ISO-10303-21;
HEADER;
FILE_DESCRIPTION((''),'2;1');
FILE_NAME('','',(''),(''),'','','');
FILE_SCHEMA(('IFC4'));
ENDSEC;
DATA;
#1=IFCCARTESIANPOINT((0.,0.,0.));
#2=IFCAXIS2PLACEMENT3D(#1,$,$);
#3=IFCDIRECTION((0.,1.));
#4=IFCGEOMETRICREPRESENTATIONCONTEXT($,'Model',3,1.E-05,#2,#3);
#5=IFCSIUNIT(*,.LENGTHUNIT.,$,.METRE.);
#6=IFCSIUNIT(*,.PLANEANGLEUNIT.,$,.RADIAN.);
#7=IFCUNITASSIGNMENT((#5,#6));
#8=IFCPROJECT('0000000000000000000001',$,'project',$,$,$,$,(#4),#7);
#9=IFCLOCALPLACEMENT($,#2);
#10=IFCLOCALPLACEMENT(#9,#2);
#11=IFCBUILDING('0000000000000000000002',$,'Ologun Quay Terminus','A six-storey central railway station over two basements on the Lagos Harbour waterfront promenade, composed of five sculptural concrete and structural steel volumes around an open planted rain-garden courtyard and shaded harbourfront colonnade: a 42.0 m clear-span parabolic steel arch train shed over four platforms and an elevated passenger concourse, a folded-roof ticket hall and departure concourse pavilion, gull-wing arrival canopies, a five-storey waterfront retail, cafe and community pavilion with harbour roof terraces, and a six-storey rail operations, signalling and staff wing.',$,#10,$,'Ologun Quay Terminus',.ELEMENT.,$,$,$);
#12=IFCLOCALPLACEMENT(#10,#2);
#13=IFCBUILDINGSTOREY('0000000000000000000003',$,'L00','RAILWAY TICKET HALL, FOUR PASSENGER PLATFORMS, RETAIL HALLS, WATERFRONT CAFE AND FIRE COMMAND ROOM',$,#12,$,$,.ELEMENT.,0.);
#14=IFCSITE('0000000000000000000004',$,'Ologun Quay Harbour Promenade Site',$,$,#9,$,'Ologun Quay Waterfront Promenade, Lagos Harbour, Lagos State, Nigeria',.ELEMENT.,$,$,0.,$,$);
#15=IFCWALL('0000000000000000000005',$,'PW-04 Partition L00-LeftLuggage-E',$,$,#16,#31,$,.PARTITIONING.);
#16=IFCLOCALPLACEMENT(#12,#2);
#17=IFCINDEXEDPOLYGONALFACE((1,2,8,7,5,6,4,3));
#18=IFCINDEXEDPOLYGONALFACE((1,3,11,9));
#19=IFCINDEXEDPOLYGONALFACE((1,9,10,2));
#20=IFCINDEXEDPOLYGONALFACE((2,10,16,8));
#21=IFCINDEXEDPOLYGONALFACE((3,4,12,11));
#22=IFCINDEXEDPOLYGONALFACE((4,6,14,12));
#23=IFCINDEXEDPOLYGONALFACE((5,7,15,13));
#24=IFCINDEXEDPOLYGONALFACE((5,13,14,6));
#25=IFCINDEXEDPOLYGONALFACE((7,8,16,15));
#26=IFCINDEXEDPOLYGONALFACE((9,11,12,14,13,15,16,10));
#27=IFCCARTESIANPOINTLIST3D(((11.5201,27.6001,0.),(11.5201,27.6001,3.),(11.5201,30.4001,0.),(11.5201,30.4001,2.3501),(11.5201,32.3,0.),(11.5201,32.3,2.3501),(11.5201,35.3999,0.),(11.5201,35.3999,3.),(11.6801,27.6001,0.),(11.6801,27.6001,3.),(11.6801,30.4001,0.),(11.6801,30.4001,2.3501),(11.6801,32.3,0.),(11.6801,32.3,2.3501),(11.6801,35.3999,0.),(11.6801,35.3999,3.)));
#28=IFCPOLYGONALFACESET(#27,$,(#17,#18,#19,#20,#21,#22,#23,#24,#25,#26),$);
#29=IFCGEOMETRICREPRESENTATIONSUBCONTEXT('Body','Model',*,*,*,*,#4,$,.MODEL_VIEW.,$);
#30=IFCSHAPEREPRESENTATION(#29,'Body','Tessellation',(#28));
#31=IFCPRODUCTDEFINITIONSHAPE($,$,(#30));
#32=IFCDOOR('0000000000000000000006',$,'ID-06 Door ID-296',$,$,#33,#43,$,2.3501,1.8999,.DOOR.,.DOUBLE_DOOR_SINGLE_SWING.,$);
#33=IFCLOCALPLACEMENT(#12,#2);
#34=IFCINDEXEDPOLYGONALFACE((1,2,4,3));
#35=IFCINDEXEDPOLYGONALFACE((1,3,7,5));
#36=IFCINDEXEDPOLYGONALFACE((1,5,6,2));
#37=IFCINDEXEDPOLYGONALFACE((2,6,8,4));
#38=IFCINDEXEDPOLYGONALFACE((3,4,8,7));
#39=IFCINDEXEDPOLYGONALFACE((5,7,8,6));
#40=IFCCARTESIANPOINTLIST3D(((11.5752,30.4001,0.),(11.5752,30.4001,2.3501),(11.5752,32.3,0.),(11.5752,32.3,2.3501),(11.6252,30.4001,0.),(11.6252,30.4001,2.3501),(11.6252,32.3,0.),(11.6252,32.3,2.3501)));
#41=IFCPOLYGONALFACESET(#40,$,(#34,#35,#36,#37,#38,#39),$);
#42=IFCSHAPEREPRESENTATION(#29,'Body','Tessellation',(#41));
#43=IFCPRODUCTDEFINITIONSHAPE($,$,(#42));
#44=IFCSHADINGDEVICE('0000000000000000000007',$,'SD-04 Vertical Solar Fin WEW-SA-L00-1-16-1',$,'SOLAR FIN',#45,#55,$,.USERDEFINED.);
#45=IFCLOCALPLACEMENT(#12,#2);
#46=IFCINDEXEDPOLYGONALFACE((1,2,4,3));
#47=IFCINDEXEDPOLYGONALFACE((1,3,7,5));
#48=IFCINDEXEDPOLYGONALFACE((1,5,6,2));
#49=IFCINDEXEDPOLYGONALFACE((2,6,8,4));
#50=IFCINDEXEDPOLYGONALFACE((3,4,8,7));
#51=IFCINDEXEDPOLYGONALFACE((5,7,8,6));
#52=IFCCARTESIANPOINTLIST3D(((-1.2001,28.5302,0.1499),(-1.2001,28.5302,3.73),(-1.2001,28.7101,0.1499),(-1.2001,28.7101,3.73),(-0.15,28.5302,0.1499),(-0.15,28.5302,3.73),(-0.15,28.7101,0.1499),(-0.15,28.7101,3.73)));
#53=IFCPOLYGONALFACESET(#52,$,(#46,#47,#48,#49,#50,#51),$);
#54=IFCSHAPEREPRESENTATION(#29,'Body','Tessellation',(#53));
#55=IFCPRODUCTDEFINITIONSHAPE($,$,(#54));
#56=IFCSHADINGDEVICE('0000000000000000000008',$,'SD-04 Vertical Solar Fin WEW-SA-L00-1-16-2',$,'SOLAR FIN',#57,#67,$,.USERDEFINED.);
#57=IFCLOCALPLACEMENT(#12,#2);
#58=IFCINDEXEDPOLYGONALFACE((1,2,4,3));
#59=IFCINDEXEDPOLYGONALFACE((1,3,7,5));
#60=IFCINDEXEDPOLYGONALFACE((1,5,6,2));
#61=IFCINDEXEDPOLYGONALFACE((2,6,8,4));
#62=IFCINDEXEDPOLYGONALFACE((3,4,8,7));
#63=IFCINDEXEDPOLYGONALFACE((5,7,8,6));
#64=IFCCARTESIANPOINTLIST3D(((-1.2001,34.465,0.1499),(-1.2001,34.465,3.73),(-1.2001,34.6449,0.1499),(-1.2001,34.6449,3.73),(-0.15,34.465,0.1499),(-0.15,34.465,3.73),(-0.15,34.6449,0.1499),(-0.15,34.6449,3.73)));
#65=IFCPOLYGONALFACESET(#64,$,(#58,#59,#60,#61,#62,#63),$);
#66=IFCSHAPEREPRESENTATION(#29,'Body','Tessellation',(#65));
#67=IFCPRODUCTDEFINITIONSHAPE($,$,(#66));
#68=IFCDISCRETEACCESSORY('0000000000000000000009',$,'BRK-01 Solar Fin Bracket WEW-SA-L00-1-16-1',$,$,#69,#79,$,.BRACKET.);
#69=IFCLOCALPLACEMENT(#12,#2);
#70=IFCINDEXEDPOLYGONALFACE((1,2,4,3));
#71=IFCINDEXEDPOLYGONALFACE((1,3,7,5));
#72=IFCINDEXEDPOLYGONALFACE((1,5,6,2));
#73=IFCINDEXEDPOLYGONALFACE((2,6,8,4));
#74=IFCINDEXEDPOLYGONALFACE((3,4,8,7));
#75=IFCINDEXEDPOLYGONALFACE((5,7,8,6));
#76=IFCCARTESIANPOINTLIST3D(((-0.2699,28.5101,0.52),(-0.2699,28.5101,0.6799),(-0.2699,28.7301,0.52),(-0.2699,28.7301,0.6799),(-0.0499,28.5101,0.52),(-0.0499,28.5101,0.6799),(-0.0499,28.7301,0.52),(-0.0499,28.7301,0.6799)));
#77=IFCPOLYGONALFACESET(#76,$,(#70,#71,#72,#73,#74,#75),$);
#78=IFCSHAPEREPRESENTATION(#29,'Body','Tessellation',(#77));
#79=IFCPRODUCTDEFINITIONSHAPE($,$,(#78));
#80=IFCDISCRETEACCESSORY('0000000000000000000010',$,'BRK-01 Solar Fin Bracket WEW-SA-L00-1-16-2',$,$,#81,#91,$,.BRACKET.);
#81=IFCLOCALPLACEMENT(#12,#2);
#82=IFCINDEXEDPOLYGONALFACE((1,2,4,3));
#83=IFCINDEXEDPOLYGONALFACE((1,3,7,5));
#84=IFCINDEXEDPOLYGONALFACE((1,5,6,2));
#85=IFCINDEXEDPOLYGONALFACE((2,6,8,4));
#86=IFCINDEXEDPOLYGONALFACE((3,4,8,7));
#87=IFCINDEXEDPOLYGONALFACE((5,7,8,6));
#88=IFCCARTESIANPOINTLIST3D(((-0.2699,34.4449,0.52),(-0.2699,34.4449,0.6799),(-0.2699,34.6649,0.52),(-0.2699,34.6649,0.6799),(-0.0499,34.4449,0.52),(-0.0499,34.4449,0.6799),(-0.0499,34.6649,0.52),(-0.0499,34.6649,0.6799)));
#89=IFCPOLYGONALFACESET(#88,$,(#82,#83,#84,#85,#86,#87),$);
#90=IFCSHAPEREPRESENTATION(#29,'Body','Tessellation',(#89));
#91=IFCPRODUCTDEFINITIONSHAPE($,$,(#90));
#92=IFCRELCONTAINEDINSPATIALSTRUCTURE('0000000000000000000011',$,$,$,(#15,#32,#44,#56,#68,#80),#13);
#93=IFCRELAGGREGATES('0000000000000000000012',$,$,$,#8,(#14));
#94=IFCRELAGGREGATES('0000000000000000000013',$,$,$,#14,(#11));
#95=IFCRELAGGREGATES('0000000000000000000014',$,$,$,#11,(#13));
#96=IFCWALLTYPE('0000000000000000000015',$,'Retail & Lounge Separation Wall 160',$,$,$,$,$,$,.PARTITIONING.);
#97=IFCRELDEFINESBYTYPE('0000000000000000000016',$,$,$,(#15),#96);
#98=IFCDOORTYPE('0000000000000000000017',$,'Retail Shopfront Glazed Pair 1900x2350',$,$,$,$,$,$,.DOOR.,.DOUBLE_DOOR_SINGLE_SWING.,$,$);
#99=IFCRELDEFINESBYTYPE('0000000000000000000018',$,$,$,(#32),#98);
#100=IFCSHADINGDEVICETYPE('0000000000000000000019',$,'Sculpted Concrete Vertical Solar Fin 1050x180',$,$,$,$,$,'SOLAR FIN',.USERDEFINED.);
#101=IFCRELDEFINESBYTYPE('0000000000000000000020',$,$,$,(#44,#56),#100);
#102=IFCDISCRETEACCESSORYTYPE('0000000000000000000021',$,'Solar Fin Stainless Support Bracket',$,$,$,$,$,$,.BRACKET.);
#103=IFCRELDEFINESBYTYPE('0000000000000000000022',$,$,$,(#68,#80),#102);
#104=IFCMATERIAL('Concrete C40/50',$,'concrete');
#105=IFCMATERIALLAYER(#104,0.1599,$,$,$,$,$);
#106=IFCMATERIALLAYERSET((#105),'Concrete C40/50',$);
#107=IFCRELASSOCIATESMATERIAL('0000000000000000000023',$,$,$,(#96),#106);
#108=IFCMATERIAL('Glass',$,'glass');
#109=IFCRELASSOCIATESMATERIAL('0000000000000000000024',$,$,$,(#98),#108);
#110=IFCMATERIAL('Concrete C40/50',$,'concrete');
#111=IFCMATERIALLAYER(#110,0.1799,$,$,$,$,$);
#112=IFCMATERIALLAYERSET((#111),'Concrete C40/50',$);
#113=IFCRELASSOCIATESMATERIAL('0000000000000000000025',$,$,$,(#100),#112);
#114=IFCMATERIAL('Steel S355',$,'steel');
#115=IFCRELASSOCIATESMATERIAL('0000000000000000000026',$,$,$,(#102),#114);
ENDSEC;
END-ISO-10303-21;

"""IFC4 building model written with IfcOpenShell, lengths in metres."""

from ifc_helpers import new_model, si_unit, direction, frame, frame_2d, origin, origin_2d, place, context, subcontext, project, spatial, rectangle, extrude, material, layer, layer_set, type_object, element, fill, save


model = new_model("IFC4")

# Units and contexts
model_context = context("Model", 3, precision=1e-05, world=origin(), true_north=direction((0.0, 1.0)))
body_context = subcontext(model_context, "Body", "Model", "MODEL_VIEW")
ifc_project = project(units=[si_unit("LENGTHUNIT", "METRE"), si_unit("PLANEANGLEUNIT", "RADIAN")], contexts=[model_context])

# Site, building, storey
site_placement = place(None, origin())
site = spatial("IfcSite", under=ifc_project, at=site_placement, Name="Ologun Quay Harbour Promenade Site", LongName="Ologun Quay Waterfront Promenade, Lagos Harbour, Lagos State, Nigeria", CompositionType="ELEMENT", RefElevation=0.0)
building_placement = place(site_placement, origin())
building = spatial("IfcBuilding", under=site, at=building_placement, Name="Ologun Quay Terminus", Description="A six-storey central railway station over two basements on the Lagos Harbour waterfront promenade, composed of five sculptural concrete and structural steel volumes around an open planted rain-garden courtyard and shaded harbourfront colonnade: a 42.0 m clear-span parabolic steel arch train shed over four platforms and an elevated passenger concourse, a folded-roof ticket hall and departure concourse pavilion, gull-wing arrival canopies, a five-storey waterfront retail, cafe and community pavilion with harbour roof terraces, and a six-storey rail operations, signalling and staff wing.", LongName="Ologun Quay Terminus", CompositionType="ELEMENT")
storey_placement = place(building_placement, origin())
storey = spatial("IfcBuildingStorey", under=building, at=storey_placement, Name="L00", Description="RAILWAY TICKET HALL, FOUR PASSENGER PLATFORMS, RETAIL HALLS, WATERFRONT CAFE AND FIRE COMMAND ROOM", CompositionType="ELEMENT", Elevation=0.0)

# Wall, opening, door
ifc_material_1 = material(Name="Concrete C40/50", Category="concrete")
ifc_layer_1 = layer(ifc_material_1, 0.1599)
ifc_layer_set_1 = layer_set([ifc_layer_1], Name="Concrete C40/50")
wall_type_1 = type_object("IfcWallType", Name="Retail & Lounge Separation Wall 160", PredefinedType="PARTITIONING", material=ifc_layer_set_1)
wall_1_placement = place(storey_placement, frame((11.6001, 27.6001, 0.0), z_axis=(0.0, 0.0, 1.0), x_axis=(0.0, 1.0, 0.0)))
wall_1 = element("IfcWall", 1, at=wall_1_placement, inside=storey, type_object=wall_type_1, Name="PW-04 Partition L00-LeftLuggage-E", PredefinedType="PARTITIONING", context=body_context, shape_type="SweptSolid", body=[
    extrude(rectangle(XDim=7.7998, YDim=0.1599, at=frame_2d((3.8999, 0.0))), origin(), (0.0, 0.0, 1.0), 3.0),
])
opening_1_placement = place(wall_1_placement, frame((2.8, 0.0, 0.0)))
opening_1 = element("IfcOpeningElement", 2, at=opening_1_placement, cuts=wall_1, PredefinedType="OPENING", context=body_context, shape_type="SweptSolid", body=[
    extrude(rectangle(XDim=1.8999, YDim=2.3501, at=frame_2d((0.95, 1.175))), frame((0.0, 0.0898, 0.0), z_axis=(0.0, -1.0, 0.0), x_axis=(1.0, 0.0, 0.0)), (0.0, 0.0, 1.0), 0.1799),
])
ifc_material_2 = material(Name="Glass", Category="glass")
door_type = type_object("IfcDoorType", Name="Retail Shopfront Glazed Pair 1900x2350", OperationType="DOUBLE_DOOR_SINGLE_SWING", PredefinedType="DOOR", material=ifc_material_2)
door_placement = place(opening_1_placement, origin())
door = element("IfcDoor", 3, at=door_placement, inside=storey, type_object=door_type, Name="ID-06 Door ID-296", OperationType="DOUBLE_DOOR_SINGLE_SWING", OverallHeight=2.3501, OverallWidth=1.8999, PredefinedType="DOOR", context=body_context, shape_type="SweptSolid", body=[
    extrude(rectangle(XDim=1.8999, YDim=2.3501, at=frame_2d((0.95, 1.175))), frame((0.0, 0.0249, 0.0), z_axis=(0.0, -1.0, 0.0), x_axis=(1.0, 0.0, 0.0)), (0.0, 0.0, 1.0), 0.05),
])
fill(opening_1, door)

# Shading devices
ifc_material_3 = material(Name="Concrete C40/50", Category="concrete")
ifc_layer_2 = layer(ifc_material_3, 0.1799)
ifc_layer_set_2 = layer_set([ifc_layer_2], Name="Concrete C40/50")
shading_device_type = type_object("IfcShadingDeviceType", Name="Sculpted Concrete Vertical Solar Fin 1050x180", ElementType="SOLAR FIN", PredefinedType="USERDEFINED", material=ifc_layer_set_2)
for number, where, z_axis, x_axis, name in (
    (4, (-0.675, 28.6201, 0.1499), (0.0, 0.0, 1.0), (1.0, 0.0, 0.0), "SD-04 Vertical Solar Fin WEW-SA-L00-1-16-1"),
    (5, (-0.675, 34.5549, 0.1499), (0.0, 0.0, 1.0), (1.0, 0.0, 0.0), "SD-04 Vertical Solar Fin WEW-SA-L00-1-16-2"),
):
    element("IfcShadingDevice", number, at=place(storey_placement, frame(where, z_axis=z_axis, x_axis=x_axis)), inside=storey, type_object=shading_device_type, Name=name, ObjectType="SOLAR FIN", PredefinedType="USERDEFINED", context=body_context, shape_type="SweptSolid", body=[
        extrude(rectangle(XDim=1.05, YDim=0.1799, at=origin_2d()), origin(), (0.0, 0.0, 1.0), 3.5801),
    ])

# Discrete accessories
ifc_material_4 = material(Name="Steel S355", Category="steel")
discrete_accessory_type = type_object("IfcDiscreteAccessoryType", Name="Solar Fin Stainless Support Bracket", PredefinedType="BRACKET", material=ifc_material_4)
for number, where, z_axis, x_axis, name in (
    (6, (-0.1599, 28.6201, 0.52), (0.0, 0.0, 1.0), (1.0, 0.0, 0.0), "BRK-01 Solar Fin Bracket WEW-SA-L00-1-16-1"),
    (7, (-0.1599, 34.5549, 0.52), (0.0, 0.0, 1.0), (1.0, 0.0, 0.0), "BRK-01 Solar Fin Bracket WEW-SA-L00-1-16-2"),
):
    element("IfcDiscreteAccessory", number, at=place(storey_placement, frame(where, z_axis=z_axis, x_axis=x_axis)), inside=storey, type_object=discrete_accessory_type, Name=name, PredefinedType="BRACKET", context=body_context, shape_type="SweptSolid", body=[
        extrude(rectangle(XDim=0.22, YDim=0.22, at=origin_2d()), origin(), (0.0, 0.0, 1.0), 0.1599),
    ])

save(model, "model.ifc")
